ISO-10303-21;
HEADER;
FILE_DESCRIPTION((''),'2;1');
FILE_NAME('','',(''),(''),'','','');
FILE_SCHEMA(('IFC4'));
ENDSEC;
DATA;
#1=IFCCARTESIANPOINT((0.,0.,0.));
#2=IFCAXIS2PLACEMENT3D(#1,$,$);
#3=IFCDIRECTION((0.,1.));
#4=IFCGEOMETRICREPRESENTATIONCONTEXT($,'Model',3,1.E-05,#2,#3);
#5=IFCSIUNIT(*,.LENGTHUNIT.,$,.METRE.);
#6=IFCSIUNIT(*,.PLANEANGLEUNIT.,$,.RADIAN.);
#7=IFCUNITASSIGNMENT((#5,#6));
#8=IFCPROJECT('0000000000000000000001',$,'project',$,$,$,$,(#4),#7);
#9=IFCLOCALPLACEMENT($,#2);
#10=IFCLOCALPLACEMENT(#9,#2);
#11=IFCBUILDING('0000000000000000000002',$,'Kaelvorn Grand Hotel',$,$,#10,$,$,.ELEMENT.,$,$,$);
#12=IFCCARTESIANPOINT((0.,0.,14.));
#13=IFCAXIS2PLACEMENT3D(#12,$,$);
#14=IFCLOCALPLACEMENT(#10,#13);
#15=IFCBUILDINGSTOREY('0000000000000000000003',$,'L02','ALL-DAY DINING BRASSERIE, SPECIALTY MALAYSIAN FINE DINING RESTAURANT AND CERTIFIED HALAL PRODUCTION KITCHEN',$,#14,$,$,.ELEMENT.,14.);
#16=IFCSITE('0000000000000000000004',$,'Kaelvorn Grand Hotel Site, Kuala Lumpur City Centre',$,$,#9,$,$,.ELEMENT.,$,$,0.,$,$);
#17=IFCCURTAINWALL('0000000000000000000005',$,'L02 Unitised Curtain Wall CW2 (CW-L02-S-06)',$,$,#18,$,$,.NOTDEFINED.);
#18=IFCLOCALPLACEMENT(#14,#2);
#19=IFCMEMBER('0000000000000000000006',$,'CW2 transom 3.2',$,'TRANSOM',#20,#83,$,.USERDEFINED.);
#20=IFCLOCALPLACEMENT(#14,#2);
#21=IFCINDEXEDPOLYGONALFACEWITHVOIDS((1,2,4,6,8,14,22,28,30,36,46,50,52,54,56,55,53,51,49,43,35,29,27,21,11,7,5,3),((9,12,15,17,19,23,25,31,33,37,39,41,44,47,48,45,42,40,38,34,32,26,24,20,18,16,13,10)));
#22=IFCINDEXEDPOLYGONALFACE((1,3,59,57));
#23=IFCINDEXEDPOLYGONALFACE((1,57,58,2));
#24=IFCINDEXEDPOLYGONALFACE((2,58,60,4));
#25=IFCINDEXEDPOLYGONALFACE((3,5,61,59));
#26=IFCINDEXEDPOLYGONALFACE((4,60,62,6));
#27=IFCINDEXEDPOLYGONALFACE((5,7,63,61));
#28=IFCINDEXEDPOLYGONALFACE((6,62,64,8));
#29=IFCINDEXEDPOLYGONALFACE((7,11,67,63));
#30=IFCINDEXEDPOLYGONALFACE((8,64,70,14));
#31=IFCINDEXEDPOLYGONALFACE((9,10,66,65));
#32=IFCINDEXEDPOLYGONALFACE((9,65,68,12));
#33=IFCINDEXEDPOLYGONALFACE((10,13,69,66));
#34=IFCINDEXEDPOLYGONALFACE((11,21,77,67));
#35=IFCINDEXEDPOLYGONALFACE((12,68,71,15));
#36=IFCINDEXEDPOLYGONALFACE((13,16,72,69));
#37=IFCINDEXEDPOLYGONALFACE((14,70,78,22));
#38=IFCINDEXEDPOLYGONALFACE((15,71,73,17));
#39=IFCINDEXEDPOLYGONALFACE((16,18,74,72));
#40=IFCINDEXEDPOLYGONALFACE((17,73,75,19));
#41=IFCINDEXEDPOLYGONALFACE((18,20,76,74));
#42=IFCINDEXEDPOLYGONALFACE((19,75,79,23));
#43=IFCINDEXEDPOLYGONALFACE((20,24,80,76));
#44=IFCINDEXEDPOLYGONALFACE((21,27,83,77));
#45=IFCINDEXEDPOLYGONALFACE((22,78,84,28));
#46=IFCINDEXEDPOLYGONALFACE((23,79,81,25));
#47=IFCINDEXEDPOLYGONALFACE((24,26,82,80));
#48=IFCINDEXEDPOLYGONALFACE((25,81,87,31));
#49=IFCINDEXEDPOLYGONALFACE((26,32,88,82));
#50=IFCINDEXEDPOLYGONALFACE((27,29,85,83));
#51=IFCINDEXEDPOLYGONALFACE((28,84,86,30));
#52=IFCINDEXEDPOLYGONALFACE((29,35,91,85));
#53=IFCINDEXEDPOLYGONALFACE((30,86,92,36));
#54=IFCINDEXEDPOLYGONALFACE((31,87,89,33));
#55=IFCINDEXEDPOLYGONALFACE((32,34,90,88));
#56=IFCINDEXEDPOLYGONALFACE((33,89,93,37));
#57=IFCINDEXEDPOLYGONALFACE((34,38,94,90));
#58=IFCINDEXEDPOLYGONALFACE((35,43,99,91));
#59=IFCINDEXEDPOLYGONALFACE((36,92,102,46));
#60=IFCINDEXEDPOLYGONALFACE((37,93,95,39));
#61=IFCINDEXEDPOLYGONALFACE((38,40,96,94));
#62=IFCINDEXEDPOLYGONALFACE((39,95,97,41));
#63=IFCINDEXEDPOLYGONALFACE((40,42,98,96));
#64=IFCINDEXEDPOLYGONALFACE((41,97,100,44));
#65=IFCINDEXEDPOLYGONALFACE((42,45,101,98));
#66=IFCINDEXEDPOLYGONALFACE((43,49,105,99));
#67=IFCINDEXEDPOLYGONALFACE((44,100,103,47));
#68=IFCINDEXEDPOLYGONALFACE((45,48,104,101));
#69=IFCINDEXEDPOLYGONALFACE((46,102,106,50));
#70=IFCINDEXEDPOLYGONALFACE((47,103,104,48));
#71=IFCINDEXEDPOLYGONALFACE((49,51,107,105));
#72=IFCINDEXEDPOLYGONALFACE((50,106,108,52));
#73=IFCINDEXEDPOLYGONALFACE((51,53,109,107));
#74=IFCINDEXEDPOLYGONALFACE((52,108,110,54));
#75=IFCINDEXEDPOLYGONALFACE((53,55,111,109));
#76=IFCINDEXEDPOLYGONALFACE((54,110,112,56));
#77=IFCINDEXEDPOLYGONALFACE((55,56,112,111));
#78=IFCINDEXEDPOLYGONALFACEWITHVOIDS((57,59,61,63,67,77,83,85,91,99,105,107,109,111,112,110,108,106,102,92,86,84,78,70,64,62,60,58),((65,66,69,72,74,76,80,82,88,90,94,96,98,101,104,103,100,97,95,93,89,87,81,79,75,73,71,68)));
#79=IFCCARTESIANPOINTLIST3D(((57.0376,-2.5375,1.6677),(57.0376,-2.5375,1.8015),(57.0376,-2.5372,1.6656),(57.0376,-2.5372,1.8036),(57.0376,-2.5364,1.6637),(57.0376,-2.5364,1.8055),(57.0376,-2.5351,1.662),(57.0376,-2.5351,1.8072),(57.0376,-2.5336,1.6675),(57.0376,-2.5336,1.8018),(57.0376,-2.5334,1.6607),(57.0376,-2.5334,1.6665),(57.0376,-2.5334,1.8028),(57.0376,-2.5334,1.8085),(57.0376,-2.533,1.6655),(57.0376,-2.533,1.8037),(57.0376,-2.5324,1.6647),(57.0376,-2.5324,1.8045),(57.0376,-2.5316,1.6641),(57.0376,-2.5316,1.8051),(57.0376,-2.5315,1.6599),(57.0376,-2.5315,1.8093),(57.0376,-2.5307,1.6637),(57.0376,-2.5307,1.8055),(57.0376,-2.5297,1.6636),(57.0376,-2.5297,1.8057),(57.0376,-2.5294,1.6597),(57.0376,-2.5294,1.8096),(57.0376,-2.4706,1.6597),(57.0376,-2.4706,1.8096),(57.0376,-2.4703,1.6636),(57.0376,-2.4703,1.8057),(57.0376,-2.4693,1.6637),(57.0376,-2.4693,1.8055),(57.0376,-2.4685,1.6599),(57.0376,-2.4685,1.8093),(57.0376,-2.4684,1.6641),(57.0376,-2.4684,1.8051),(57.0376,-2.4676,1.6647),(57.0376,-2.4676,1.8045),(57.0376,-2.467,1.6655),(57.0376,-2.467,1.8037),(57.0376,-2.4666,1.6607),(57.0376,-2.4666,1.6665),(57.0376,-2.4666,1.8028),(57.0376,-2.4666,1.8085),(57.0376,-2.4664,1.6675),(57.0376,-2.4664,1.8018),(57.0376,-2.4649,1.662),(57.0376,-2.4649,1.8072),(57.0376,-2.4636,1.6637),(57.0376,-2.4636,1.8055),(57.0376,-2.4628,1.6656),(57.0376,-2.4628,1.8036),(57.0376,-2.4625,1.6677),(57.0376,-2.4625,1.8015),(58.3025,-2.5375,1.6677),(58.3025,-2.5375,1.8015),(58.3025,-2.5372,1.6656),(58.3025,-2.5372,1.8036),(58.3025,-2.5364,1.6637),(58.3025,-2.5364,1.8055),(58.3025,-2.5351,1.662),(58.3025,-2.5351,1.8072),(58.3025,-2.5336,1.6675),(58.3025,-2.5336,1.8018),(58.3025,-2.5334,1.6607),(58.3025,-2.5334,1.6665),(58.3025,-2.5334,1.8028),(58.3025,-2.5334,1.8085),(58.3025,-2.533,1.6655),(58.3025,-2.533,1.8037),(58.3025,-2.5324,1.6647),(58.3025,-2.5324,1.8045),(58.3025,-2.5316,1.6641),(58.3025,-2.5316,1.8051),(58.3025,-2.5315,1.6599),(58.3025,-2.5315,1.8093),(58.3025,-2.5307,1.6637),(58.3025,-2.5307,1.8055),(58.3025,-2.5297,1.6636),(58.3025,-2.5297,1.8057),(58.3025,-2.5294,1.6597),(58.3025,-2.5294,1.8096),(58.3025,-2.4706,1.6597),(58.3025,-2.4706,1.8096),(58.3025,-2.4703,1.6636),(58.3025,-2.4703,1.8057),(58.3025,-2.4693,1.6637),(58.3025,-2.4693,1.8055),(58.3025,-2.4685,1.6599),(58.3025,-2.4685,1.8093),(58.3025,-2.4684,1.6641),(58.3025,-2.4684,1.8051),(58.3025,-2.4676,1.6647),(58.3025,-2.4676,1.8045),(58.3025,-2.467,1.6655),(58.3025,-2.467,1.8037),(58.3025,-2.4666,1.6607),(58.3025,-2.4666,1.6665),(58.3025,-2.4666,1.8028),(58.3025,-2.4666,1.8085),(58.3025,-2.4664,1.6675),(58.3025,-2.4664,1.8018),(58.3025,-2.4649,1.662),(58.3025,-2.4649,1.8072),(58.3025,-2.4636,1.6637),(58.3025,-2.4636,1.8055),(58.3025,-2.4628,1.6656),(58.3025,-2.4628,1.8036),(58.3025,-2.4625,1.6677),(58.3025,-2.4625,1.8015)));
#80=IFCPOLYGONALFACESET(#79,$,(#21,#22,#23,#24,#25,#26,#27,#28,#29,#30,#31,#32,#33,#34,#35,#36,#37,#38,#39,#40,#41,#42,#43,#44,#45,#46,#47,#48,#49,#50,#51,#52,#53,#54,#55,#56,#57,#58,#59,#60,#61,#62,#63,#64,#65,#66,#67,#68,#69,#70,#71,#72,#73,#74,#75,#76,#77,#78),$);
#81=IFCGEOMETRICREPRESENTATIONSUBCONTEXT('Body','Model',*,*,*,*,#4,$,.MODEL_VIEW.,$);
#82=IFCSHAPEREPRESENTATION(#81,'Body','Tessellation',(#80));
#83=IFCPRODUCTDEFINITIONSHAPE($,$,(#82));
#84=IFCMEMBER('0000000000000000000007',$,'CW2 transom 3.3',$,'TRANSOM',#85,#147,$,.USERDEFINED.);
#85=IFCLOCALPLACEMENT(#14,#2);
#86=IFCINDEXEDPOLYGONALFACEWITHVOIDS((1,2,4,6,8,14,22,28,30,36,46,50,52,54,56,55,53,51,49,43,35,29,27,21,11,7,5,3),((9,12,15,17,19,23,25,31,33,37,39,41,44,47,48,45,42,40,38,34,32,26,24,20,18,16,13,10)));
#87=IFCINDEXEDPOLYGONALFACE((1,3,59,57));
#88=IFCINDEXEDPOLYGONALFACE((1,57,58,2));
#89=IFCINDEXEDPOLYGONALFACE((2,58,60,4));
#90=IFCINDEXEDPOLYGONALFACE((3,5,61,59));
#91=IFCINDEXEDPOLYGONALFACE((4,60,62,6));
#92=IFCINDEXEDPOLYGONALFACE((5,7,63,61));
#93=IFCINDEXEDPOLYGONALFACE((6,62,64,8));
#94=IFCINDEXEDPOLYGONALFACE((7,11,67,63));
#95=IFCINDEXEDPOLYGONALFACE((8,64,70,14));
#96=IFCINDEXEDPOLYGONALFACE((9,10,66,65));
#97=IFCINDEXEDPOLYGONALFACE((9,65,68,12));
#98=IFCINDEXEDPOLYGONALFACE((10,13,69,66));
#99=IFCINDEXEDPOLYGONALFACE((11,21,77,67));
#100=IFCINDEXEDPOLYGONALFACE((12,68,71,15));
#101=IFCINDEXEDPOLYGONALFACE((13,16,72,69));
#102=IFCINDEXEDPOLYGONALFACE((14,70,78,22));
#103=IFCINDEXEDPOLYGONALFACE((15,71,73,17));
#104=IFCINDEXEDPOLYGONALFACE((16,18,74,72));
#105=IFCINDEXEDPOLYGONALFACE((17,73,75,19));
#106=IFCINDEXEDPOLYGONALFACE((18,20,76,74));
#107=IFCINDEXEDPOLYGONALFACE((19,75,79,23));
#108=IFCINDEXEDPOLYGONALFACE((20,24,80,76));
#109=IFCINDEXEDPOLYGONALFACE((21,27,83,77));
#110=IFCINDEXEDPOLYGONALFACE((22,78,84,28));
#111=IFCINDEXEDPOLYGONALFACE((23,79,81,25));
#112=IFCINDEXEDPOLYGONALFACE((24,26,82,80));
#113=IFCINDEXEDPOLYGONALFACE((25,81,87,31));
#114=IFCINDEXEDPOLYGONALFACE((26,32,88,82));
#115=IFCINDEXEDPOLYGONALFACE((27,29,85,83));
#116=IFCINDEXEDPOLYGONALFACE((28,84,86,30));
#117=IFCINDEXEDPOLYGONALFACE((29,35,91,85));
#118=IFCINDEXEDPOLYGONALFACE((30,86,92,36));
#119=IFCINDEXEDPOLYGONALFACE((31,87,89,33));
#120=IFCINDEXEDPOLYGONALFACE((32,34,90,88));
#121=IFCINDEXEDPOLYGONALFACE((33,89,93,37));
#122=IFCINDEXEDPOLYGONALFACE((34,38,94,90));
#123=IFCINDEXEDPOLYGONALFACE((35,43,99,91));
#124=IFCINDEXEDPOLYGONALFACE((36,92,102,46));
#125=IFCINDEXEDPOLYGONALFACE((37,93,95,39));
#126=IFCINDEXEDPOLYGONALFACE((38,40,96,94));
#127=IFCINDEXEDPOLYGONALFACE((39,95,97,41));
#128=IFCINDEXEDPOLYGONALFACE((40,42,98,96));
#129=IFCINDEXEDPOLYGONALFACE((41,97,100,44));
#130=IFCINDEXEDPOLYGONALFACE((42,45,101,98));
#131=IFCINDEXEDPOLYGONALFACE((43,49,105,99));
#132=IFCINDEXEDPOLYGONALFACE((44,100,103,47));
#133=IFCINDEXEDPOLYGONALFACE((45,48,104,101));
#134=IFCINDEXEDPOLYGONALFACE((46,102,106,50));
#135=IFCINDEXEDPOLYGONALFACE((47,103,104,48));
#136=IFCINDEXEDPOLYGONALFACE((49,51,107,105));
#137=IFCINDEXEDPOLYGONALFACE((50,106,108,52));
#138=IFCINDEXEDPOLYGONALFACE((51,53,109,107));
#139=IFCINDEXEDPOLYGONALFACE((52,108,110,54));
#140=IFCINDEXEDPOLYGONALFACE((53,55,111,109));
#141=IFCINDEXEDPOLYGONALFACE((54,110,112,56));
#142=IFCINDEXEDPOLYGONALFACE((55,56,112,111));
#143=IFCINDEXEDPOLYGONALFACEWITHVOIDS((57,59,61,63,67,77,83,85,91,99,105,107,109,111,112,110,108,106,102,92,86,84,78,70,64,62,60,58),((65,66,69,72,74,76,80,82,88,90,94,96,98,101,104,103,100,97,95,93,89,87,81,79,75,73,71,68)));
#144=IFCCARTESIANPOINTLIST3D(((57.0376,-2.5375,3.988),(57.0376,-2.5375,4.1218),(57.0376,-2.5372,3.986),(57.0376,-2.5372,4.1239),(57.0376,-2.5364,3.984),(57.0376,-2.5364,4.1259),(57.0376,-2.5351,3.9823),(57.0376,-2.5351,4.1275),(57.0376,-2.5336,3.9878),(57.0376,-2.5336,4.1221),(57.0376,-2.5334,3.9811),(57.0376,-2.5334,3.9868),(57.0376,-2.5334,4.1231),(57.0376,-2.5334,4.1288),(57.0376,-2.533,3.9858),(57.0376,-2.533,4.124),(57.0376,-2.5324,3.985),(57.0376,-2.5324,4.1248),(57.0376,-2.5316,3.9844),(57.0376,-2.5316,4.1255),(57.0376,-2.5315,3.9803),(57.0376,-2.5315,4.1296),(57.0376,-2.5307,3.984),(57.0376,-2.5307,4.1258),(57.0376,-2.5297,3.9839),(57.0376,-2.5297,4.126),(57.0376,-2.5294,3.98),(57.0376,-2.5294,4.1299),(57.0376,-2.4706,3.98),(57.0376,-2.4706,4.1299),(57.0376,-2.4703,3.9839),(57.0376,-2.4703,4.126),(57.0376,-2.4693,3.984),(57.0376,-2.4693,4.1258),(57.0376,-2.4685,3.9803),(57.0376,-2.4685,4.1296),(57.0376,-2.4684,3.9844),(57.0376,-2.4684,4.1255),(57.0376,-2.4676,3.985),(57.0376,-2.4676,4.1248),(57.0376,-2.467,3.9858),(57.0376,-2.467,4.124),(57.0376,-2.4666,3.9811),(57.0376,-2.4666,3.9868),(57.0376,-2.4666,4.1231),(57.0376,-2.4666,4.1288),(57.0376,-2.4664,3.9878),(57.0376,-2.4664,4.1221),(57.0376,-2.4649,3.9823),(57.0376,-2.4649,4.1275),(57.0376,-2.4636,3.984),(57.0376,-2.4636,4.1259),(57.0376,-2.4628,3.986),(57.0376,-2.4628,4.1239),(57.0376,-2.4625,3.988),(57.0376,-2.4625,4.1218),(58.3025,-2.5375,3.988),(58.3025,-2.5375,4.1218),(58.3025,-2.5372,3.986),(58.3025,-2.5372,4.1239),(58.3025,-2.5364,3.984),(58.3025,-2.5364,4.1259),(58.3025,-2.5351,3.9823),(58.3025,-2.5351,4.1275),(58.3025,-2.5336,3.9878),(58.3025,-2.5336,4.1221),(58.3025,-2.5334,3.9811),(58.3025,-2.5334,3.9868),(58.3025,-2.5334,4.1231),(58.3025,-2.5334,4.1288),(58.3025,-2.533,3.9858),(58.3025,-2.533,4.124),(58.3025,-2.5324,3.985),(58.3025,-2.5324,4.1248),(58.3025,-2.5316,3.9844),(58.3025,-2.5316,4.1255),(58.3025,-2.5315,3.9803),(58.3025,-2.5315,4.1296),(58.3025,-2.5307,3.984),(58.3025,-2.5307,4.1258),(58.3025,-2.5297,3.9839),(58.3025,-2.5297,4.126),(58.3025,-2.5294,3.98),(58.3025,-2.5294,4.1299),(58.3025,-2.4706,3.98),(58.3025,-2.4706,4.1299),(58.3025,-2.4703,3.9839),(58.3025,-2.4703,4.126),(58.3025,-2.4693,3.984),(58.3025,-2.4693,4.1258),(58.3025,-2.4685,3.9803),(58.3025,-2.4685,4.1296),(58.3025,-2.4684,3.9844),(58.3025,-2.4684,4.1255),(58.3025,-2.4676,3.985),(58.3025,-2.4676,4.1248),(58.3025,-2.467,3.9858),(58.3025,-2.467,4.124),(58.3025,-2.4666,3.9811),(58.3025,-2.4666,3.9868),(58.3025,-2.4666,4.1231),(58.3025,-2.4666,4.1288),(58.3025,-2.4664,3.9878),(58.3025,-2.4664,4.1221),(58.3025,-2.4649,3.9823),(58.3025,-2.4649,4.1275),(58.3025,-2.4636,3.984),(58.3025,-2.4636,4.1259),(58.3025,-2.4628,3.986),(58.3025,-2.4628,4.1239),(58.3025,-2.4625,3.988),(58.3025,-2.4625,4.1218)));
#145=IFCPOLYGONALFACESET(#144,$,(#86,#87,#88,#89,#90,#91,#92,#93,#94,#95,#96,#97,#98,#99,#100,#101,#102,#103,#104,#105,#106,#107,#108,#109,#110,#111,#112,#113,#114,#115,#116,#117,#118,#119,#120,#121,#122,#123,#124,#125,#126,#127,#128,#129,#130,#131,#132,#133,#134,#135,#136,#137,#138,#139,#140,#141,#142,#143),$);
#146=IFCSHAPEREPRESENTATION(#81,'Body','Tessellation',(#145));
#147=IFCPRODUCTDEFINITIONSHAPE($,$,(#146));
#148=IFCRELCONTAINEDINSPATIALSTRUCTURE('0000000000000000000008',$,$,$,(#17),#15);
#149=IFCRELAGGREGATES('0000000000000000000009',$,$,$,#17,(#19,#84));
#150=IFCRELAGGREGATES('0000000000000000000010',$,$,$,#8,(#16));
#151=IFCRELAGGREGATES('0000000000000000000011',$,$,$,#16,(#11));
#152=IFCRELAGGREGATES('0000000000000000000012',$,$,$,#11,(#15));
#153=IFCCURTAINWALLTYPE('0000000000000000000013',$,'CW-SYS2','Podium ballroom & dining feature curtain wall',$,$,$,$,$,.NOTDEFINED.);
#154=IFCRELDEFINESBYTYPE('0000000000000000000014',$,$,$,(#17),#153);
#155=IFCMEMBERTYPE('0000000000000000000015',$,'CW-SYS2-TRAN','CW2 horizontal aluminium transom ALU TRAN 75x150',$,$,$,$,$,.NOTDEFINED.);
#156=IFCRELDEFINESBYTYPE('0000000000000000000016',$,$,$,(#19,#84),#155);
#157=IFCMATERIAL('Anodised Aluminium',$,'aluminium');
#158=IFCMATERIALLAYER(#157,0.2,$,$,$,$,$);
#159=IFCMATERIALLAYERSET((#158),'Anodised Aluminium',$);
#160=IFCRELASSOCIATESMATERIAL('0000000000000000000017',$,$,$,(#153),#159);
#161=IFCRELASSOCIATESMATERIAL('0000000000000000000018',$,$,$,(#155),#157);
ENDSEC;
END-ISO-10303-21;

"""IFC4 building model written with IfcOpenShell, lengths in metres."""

from ifc_helpers import new_model, si_unit, direction, frame, origin, origin_2d, place, context, subcontext, project, spatial, hollow_rectangle, extrude, material, layer, layer_set, material_profile, profile_set, type_object, element, aggregate, save


model = new_model("IFC4")

# Units and contexts
model_context = context("Model", 3, precision=1e-05, world=origin(), true_north=direction((0.0, 1.0)))
body_context = subcontext(model_context, "Body", "Model", "MODEL_VIEW")
ifc_project = project(units=[si_unit("LENGTHUNIT", "METRE"), si_unit("PLANEANGLEUNIT", "RADIAN")], contexts=[model_context])

# Site, building, storey
site_placement = place(None, origin())
site = spatial("IfcSite", under=ifc_project, at=site_placement, Name="Kaelvorn Grand Hotel Site, Kuala Lumpur City Centre", CompositionType="ELEMENT", RefElevation=0.0)
building_placement = place(site_placement, origin())
building = spatial("IfcBuilding", under=site, at=building_placement, Name="Kaelvorn Grand Hotel", CompositionType="ELEMENT")
storey_placement = place(building_placement, frame((0.0, 0.0, 14.0)))
storey = spatial("IfcBuildingStorey", under=building, at=storey_placement, Name="L02", Description="ALL-DAY DINING BRASSERIE, SPECIALTY MALAYSIAN FINE DINING RESTAURANT AND CERTIFIED HALAL PRODUCTION KITCHEN", CompositionType="ELEMENT", Elevation=14.0)

# Curtain wall
ifc_material_1 = material(Name="Anodised Aluminium", Category="aluminium")
ifc_layer_1 = layer(ifc_material_1, 0.2)
ifc_layer_set_1 = layer_set([ifc_layer_1], Name="Anodised Aluminium")
curtain_wall_type = type_object("IfcCurtainWallType", Name="CW-SYS2", Description="Podium ballroom & dining feature curtain wall", PredefinedType="NOTDEFINED", material=ifc_layer_set_1)
curtain_wall_1_placement = place(storey_placement, origin())
curtain_wall_1 = element("IfcCurtainWall", 1, at=curtain_wall_1_placement, inside=storey, type_object=curtain_wall_type, Name="L02 Unitised Curtain Wall CW2 (CW-L02-S-06)", PredefinedType="NOTDEFINED")

# Members
ifc_material_profile_1 = material_profile(ifc_material_1, hollow_rectangle(XDim=0.075, YDim=0.1499, WallThickness=0.0039, InnerFilletRadius=0.0039, OuterFilletRadius=0.0081, at=origin_2d()), Name="ALU TRAN 75x150")
ifc_profile_set_1 = profile_set([ifc_material_profile_1], Name="Anodised Aluminium")
member_type_1 = type_object("IfcMemberType", Name="CW-SYS2-TRAN", Description="CW2 horizontal aluminium transom ALU TRAN 75x150", PredefinedType="NOTDEFINED", material=ifc_profile_set_1)
member_1_placement = place(storey_placement, frame((57.0376, -2.5, 1.7346), z_axis=(1.0, 0.0, 0.0), x_axis=(0.0, 1.0, 0.0)))
member_1 = element("IfcMember", 2, at=member_1_placement, type_object=member_type_1, Name="CW2 transom 3.2", ObjectType="TRANSOM", PredefinedType="USERDEFINED", context=body_context, shape_type="SweptSolid", body=[
    extrude(hollow_rectangle(XDim=0.075, YDim=0.1499, WallThickness=0.0039, InnerFilletRadius=0.0039, OuterFilletRadius=0.0081, at=origin_2d()), origin(), (0.0, 0.0, 1.0), 1.2649),
])
member_2_placement = place(storey_placement, frame((57.0376, -2.5, 4.0549), z_axis=(1.0, 0.0, 0.0), x_axis=(0.0, 1.0, 0.0)))
member_2 = element("IfcMember", 3, at=member_2_placement, type_object=member_type_1, Name="CW2 transom 3.3", ObjectType="TRANSOM", PredefinedType="USERDEFINED", context=body_context, shape_type="SweptSolid", body=[
    extrude(hollow_rectangle(XDim=0.075, YDim=0.1499, WallThickness=0.0039, InnerFilletRadius=0.0039, OuterFilletRadius=0.0081, at=origin_2d()), origin(), (0.0, 0.0, 1.0), 1.2649),
])

aggregate(curtain_wall_1, [member_1, member_2])

save(model, "model.ifc")
